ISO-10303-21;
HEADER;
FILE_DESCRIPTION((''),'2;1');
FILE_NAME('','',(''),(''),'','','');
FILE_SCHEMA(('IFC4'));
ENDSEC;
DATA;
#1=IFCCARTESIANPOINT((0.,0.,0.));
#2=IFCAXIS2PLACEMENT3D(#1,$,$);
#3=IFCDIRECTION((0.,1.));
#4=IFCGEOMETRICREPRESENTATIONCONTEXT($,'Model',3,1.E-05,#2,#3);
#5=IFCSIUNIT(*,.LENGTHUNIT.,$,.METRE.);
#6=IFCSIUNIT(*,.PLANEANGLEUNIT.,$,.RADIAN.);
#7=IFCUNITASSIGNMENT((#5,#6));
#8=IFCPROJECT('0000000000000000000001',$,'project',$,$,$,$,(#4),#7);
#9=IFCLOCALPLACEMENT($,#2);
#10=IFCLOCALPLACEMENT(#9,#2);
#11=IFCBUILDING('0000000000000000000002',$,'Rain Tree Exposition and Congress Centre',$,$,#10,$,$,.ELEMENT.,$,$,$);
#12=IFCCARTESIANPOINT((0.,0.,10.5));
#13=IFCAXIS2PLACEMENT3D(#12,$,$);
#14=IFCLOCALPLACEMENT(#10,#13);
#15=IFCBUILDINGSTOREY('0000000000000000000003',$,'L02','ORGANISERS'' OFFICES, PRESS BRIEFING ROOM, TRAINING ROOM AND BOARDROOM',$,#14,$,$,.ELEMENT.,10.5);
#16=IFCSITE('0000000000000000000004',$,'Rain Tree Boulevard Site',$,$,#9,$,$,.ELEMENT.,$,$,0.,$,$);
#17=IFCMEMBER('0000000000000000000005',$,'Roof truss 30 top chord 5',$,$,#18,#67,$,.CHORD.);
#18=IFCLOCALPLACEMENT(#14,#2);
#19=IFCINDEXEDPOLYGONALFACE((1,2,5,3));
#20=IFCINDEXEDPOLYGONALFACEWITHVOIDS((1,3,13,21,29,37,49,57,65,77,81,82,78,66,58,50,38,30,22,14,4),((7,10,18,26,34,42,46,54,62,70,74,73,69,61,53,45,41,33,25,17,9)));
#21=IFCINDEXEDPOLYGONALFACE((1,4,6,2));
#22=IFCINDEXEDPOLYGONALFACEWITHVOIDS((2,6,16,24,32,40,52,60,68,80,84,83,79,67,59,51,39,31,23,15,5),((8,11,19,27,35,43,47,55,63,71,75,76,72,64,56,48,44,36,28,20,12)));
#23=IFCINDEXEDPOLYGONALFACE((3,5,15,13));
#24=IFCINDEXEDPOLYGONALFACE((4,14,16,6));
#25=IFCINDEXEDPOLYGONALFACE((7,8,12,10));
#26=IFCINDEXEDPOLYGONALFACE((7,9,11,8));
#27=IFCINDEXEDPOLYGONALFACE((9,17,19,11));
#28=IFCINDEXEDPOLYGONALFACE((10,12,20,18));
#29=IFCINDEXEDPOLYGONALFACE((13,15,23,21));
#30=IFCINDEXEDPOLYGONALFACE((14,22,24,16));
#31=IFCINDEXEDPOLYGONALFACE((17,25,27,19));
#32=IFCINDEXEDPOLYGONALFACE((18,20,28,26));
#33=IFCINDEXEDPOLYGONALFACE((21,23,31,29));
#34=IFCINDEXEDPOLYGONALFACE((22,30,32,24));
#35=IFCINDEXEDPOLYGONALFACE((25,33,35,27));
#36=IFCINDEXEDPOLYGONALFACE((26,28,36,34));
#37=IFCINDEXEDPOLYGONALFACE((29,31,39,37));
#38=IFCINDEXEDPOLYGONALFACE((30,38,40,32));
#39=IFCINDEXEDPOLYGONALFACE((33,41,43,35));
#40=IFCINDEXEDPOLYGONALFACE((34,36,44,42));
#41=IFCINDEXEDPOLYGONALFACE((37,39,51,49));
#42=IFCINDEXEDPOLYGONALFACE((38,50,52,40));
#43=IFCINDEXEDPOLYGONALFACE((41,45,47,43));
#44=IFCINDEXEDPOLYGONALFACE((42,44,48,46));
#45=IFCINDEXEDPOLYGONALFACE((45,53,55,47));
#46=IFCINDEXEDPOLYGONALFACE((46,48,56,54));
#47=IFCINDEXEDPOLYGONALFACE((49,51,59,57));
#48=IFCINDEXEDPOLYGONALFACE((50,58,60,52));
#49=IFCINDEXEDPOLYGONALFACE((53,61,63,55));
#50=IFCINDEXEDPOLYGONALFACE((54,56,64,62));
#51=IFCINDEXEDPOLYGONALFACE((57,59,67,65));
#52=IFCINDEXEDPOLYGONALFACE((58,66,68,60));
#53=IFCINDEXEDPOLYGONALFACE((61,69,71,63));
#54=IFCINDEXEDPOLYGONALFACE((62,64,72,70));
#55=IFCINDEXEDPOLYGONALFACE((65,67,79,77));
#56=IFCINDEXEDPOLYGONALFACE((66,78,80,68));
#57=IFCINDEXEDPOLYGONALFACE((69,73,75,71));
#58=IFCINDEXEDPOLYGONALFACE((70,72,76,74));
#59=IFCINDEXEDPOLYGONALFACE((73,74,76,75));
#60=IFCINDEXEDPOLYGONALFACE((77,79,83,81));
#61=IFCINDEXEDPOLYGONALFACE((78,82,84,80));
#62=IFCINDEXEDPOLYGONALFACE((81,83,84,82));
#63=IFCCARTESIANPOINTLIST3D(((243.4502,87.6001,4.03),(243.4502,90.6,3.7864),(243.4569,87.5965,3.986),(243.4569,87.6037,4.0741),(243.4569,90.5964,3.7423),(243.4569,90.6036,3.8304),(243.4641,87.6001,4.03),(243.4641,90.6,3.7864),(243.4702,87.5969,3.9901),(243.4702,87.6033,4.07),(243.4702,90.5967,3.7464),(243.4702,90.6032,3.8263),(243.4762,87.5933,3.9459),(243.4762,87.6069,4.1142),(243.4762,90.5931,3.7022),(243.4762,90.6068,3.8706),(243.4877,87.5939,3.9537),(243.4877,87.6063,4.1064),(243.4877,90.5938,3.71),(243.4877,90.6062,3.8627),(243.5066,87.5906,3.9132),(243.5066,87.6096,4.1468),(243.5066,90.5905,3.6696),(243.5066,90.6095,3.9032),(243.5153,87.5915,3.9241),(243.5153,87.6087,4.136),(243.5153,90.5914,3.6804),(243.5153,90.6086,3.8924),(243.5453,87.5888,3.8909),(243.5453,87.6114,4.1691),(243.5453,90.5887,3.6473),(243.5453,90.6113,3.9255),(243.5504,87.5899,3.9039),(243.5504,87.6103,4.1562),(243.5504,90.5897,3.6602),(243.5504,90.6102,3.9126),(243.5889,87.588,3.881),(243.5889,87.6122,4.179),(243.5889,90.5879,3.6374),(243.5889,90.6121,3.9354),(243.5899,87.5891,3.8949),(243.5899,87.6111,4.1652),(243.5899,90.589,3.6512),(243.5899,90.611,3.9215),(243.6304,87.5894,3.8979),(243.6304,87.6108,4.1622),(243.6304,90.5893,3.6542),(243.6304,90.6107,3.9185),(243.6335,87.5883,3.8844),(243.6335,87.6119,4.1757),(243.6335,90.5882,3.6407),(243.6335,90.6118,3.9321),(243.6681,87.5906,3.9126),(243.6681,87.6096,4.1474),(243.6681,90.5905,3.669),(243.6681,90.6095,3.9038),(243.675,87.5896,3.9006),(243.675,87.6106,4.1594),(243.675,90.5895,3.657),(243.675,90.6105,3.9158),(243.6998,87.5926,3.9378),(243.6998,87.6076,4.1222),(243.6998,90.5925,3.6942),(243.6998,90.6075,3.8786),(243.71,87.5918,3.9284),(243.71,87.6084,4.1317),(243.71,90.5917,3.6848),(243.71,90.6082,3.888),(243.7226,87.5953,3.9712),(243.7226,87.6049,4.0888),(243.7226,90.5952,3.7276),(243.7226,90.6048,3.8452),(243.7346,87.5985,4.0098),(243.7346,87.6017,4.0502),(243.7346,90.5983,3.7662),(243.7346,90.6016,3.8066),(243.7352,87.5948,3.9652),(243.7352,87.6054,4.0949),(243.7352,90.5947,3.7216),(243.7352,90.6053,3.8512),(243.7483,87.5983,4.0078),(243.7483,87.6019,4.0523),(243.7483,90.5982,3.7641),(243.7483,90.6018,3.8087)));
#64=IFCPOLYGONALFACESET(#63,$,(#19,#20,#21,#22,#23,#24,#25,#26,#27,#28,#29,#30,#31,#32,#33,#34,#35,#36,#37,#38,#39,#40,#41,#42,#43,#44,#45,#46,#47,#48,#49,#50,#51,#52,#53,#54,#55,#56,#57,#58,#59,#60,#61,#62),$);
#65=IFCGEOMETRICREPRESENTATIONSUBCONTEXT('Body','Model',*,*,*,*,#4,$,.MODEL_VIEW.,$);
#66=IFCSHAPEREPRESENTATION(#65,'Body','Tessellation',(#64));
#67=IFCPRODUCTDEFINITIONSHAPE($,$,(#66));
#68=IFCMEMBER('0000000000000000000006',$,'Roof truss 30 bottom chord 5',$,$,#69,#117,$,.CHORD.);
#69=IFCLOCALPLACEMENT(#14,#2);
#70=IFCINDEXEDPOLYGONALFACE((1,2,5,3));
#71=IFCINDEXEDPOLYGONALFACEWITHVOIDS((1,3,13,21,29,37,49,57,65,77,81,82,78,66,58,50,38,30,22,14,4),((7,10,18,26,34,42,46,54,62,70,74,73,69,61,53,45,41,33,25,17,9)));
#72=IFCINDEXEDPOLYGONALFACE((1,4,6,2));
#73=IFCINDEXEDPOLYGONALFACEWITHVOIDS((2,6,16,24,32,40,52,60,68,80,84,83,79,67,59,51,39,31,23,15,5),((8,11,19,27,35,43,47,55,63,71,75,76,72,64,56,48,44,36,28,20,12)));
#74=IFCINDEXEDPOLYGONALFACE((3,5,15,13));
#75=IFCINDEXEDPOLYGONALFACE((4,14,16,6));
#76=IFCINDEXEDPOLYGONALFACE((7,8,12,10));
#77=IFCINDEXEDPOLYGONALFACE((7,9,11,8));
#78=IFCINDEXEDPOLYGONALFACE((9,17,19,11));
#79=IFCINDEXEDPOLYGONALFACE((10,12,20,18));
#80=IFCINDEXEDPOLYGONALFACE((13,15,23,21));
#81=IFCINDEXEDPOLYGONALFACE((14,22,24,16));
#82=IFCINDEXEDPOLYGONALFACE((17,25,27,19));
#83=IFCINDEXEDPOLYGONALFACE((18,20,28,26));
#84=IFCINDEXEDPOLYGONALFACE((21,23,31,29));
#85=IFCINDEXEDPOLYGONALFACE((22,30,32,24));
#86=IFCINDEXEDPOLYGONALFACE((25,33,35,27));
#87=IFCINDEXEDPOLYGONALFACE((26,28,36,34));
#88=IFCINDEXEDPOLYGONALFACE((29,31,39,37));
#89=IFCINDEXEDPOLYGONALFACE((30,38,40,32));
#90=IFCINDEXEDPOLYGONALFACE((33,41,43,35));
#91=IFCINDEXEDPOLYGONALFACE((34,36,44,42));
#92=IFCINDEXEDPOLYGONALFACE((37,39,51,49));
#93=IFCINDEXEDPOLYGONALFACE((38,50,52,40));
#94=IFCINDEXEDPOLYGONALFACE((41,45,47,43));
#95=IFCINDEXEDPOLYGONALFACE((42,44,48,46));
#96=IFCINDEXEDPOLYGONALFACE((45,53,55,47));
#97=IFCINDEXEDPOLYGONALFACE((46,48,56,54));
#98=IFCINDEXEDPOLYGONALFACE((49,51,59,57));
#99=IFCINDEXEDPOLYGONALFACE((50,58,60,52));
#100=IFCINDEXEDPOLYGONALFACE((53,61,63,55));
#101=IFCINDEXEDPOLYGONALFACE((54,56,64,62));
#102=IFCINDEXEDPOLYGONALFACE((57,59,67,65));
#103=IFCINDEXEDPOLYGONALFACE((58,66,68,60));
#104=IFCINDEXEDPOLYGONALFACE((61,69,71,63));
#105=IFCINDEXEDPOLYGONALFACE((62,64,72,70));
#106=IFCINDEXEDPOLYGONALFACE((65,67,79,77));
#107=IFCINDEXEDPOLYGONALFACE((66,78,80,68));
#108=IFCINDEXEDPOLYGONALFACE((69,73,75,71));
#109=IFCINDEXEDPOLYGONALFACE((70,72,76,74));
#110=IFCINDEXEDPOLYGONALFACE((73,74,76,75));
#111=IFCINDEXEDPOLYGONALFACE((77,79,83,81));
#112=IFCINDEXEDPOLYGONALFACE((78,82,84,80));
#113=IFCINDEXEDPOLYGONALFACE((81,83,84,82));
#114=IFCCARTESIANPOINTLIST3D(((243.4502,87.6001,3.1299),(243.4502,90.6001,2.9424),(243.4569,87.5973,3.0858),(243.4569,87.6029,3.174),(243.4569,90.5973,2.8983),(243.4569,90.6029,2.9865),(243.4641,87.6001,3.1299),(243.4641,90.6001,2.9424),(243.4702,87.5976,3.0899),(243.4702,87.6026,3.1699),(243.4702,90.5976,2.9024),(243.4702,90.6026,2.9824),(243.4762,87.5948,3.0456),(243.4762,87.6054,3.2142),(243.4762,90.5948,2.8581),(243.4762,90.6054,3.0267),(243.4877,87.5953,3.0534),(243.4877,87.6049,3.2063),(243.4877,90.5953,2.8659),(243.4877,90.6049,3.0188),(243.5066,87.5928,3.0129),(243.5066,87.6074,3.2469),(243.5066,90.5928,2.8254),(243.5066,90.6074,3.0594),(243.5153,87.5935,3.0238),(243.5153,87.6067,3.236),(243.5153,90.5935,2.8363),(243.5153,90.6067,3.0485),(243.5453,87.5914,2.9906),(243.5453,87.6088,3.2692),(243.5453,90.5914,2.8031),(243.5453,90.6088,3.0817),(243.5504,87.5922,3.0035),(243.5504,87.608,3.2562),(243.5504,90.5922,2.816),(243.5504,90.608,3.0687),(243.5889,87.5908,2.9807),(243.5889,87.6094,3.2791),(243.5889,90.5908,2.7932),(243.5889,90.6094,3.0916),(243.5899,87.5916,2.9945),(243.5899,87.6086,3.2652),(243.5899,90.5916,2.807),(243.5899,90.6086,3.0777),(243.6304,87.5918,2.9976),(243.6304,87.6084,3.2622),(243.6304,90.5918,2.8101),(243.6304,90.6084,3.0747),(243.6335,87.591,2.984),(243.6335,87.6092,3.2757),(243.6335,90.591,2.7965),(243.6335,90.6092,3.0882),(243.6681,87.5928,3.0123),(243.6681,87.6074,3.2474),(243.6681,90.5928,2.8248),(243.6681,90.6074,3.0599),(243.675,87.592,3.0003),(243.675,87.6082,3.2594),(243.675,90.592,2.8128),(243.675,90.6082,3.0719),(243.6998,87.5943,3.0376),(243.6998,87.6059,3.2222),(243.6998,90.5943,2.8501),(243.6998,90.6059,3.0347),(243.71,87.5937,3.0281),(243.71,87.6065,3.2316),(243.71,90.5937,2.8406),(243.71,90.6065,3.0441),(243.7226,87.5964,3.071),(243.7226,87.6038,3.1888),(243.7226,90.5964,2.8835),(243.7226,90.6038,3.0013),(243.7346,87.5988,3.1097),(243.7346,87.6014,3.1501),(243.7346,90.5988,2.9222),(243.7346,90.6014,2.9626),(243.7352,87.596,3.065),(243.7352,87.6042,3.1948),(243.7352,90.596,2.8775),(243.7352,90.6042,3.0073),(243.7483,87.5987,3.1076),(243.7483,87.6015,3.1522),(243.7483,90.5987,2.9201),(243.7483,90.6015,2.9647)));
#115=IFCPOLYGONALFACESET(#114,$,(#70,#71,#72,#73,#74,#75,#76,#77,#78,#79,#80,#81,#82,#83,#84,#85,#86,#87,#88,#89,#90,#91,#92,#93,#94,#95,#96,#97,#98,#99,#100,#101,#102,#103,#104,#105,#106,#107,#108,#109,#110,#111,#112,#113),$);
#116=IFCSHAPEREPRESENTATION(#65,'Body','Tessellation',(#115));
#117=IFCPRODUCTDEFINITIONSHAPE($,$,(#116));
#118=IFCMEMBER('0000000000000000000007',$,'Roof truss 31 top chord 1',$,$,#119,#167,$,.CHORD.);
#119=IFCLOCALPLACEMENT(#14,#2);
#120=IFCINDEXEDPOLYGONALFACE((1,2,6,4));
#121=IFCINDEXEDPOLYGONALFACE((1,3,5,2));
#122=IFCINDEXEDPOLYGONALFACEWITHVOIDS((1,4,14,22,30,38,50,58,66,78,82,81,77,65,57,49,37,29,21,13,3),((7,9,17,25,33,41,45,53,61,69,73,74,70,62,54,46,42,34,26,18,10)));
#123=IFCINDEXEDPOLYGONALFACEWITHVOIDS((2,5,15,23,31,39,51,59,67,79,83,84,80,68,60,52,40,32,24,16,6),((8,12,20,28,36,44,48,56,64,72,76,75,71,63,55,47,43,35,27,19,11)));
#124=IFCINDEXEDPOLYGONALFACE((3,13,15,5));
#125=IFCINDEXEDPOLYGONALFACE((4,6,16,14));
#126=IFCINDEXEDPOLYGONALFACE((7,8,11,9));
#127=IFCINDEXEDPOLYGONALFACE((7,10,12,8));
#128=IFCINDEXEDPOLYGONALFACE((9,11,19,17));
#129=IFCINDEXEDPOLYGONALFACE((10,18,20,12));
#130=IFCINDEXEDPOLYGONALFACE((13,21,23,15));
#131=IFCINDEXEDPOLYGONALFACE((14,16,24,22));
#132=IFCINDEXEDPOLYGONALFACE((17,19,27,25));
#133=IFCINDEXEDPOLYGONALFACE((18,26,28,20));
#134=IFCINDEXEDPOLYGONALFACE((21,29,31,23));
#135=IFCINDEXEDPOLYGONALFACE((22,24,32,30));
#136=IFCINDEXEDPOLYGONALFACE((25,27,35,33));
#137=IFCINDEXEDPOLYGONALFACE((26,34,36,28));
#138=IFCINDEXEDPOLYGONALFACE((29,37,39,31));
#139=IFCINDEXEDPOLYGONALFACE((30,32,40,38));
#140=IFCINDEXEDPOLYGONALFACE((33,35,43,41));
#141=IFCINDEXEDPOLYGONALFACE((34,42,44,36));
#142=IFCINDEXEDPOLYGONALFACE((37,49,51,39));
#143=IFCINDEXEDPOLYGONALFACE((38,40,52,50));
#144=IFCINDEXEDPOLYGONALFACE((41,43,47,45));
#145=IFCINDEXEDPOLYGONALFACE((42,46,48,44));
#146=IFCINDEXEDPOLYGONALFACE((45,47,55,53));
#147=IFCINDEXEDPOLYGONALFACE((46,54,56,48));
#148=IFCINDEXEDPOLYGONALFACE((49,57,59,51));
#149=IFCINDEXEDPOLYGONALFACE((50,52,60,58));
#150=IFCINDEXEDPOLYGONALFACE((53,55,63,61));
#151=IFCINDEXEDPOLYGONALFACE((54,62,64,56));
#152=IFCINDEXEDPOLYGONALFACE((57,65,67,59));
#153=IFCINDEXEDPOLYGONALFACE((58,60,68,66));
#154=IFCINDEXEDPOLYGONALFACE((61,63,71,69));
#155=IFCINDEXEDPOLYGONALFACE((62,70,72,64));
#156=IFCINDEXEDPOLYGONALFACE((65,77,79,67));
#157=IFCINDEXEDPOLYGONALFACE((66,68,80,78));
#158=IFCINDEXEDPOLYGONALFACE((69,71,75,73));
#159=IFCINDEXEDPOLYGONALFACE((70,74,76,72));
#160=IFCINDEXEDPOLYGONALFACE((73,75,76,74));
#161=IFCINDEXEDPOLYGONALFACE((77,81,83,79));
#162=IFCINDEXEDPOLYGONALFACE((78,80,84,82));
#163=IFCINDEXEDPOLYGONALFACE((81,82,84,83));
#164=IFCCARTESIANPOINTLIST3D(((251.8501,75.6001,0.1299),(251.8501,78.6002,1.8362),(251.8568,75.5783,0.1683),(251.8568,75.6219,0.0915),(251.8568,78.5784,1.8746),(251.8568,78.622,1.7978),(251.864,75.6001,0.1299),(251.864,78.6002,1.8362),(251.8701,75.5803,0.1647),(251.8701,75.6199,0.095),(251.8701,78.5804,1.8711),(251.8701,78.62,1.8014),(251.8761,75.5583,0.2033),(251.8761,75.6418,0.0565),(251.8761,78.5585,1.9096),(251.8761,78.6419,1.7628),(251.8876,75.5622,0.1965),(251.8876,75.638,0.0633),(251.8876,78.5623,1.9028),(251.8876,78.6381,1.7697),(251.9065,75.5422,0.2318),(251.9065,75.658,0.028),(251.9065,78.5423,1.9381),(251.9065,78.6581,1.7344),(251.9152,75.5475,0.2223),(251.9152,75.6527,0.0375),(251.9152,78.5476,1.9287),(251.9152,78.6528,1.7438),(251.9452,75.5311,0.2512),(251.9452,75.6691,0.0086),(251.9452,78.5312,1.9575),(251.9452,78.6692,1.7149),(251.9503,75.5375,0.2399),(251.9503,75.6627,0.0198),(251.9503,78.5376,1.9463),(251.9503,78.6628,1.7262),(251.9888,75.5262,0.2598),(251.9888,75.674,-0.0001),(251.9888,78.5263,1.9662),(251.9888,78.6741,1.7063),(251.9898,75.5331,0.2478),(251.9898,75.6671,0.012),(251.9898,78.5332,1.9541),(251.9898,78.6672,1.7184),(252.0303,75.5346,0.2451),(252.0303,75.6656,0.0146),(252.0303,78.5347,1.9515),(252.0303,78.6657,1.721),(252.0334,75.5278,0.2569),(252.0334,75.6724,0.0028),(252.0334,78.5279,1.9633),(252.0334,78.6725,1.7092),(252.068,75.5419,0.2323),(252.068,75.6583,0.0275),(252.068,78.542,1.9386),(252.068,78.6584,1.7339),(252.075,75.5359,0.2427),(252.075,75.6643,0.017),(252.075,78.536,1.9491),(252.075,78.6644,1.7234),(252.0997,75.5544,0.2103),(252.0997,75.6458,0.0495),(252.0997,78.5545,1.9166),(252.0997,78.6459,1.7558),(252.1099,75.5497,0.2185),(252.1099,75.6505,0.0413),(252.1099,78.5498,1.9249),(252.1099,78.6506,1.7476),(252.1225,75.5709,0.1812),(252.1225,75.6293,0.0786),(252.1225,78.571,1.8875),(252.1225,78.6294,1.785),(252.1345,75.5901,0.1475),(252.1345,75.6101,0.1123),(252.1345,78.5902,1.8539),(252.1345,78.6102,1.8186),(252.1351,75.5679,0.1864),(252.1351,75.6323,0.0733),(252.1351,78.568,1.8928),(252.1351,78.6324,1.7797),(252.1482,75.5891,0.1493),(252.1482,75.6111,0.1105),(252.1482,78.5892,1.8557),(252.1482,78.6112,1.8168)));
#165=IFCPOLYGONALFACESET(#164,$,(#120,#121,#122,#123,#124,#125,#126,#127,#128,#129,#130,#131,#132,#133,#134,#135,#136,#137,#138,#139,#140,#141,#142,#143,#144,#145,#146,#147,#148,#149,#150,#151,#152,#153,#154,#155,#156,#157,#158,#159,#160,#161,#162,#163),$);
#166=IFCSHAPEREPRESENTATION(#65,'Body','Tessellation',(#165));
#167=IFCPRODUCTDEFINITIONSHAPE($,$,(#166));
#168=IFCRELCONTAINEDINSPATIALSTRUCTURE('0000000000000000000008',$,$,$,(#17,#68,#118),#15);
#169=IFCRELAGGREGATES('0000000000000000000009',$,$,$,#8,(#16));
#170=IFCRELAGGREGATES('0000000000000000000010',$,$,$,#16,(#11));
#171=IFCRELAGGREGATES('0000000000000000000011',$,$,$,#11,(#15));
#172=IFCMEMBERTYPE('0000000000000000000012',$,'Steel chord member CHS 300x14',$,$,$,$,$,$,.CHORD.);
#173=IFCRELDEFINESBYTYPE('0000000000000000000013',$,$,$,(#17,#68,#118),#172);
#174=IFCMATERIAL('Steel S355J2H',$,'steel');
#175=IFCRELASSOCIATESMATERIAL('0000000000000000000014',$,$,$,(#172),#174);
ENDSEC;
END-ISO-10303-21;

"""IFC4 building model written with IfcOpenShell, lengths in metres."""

from ifc_helpers import new_model, si_unit, direction, frame, origin, origin_2d, place, context, subcontext, project, spatial, hollow_circle, extrude, material, material_profile, profile_set, type_object, element, save


model = new_model("IFC4")

# Units and contexts
model_context = context("Model", 3, precision=1e-05, world=origin(), true_north=direction((0.0, 1.0)))
body_context = subcontext(model_context, "Body", "Model", "MODEL_VIEW")
ifc_project = project(units=[si_unit("LENGTHUNIT", "METRE"), si_unit("PLANEANGLEUNIT", "RADIAN")], contexts=[model_context])

# Site, building, storey
site_placement = place(None, origin())
site = spatial("IfcSite", under=ifc_project, at=site_placement, Name="Rain Tree Boulevard Site", CompositionType="ELEMENT", RefElevation=0.0)
building_placement = place(site_placement, origin())
building = spatial("IfcBuilding", under=site, at=building_placement, Name="Rain Tree Exposition and Congress Centre", CompositionType="ELEMENT")
storey_placement = place(building_placement, frame((0.0, 0.0, 10.5)))
storey = spatial("IfcBuildingStorey", under=building, at=storey_placement, Name="L02", Description="ORGANISERS' OFFICES, PRESS BRIEFING ROOM, TRAINING ROOM AND BOARDROOM", CompositionType="ELEMENT", Elevation=10.5)

# Members
ifc_material_1 = material(Name="Steel S355J2H", Category="steel")
ifc_material_profile_1 = material_profile(ifc_material_1, hollow_circle(Radius=0.1499, WallThickness=0.0139, at=origin_2d()), Name="CHS 300x14")
ifc_profile_set_1 = profile_set([ifc_material_profile_1], Name="Steel S355J2H")
member_type_1 = type_object("IfcMemberType", Name="Steel chord member CHS 300x14", PredefinedType="CHORD", material=ifc_profile_set_1)
member_1_placement = place(storey_placement, frame((243.6001, 87.6001, 4.03), z_axis=(0.0, 0.996718, -0.080951), x_axis=(-1.0, 0.0, 0.0)))
element("IfcMember", 1, at=member_1_placement, inside=storey, type_object=member_type_1, Name="Roof truss 30 top chord 5", PredefinedType="CHORD", context=body_context, shape_type="SweptSolid", body=[
    extrude(hollow_circle(Radius=0.1499, WallThickness=0.0139, at=origin_2d()), origin(), (0.0, 0.0, 1.0), 3.0098),
])
member_2_placement = place(storey_placement, frame((243.6001, 87.6001, 3.1299), z_axis=(0.0, 0.998053, -0.062378), x_axis=(-1.0, 0.0, 0.0)))
element("IfcMember", 2, at=member_2_placement, inside=storey, type_object=member_type_1, Name="Roof truss 30 bottom chord 5", PredefinedType="CHORD", context=body_context, shape_type="SweptSolid", body=[
    extrude(hollow_circle(Radius=0.1499, WallThickness=0.0139, at=origin_2d()), origin(), (0.0, 0.0, 1.0), 3.0059),
])
member_3_placement = place(storey_placement, frame((252.0, 75.6001, 0.1299), z_axis=(0.0, 0.869238, 0.494393), x_axis=(-1.0, 0.0, 0.0)))
element("IfcMember", 3, at=member_3_placement, inside=storey, type_object=member_type_1, Name="Roof truss 31 top chord 1", PredefinedType="CHORD", context=body_context, shape_type="SweptSolid", body=[
    extrude(hollow_circle(Radius=0.1499, WallThickness=0.0139, at=origin_2d()), origin(), (0.0, 0.0, 1.0), 3.4514),
])

save(model, "model.ifc")
